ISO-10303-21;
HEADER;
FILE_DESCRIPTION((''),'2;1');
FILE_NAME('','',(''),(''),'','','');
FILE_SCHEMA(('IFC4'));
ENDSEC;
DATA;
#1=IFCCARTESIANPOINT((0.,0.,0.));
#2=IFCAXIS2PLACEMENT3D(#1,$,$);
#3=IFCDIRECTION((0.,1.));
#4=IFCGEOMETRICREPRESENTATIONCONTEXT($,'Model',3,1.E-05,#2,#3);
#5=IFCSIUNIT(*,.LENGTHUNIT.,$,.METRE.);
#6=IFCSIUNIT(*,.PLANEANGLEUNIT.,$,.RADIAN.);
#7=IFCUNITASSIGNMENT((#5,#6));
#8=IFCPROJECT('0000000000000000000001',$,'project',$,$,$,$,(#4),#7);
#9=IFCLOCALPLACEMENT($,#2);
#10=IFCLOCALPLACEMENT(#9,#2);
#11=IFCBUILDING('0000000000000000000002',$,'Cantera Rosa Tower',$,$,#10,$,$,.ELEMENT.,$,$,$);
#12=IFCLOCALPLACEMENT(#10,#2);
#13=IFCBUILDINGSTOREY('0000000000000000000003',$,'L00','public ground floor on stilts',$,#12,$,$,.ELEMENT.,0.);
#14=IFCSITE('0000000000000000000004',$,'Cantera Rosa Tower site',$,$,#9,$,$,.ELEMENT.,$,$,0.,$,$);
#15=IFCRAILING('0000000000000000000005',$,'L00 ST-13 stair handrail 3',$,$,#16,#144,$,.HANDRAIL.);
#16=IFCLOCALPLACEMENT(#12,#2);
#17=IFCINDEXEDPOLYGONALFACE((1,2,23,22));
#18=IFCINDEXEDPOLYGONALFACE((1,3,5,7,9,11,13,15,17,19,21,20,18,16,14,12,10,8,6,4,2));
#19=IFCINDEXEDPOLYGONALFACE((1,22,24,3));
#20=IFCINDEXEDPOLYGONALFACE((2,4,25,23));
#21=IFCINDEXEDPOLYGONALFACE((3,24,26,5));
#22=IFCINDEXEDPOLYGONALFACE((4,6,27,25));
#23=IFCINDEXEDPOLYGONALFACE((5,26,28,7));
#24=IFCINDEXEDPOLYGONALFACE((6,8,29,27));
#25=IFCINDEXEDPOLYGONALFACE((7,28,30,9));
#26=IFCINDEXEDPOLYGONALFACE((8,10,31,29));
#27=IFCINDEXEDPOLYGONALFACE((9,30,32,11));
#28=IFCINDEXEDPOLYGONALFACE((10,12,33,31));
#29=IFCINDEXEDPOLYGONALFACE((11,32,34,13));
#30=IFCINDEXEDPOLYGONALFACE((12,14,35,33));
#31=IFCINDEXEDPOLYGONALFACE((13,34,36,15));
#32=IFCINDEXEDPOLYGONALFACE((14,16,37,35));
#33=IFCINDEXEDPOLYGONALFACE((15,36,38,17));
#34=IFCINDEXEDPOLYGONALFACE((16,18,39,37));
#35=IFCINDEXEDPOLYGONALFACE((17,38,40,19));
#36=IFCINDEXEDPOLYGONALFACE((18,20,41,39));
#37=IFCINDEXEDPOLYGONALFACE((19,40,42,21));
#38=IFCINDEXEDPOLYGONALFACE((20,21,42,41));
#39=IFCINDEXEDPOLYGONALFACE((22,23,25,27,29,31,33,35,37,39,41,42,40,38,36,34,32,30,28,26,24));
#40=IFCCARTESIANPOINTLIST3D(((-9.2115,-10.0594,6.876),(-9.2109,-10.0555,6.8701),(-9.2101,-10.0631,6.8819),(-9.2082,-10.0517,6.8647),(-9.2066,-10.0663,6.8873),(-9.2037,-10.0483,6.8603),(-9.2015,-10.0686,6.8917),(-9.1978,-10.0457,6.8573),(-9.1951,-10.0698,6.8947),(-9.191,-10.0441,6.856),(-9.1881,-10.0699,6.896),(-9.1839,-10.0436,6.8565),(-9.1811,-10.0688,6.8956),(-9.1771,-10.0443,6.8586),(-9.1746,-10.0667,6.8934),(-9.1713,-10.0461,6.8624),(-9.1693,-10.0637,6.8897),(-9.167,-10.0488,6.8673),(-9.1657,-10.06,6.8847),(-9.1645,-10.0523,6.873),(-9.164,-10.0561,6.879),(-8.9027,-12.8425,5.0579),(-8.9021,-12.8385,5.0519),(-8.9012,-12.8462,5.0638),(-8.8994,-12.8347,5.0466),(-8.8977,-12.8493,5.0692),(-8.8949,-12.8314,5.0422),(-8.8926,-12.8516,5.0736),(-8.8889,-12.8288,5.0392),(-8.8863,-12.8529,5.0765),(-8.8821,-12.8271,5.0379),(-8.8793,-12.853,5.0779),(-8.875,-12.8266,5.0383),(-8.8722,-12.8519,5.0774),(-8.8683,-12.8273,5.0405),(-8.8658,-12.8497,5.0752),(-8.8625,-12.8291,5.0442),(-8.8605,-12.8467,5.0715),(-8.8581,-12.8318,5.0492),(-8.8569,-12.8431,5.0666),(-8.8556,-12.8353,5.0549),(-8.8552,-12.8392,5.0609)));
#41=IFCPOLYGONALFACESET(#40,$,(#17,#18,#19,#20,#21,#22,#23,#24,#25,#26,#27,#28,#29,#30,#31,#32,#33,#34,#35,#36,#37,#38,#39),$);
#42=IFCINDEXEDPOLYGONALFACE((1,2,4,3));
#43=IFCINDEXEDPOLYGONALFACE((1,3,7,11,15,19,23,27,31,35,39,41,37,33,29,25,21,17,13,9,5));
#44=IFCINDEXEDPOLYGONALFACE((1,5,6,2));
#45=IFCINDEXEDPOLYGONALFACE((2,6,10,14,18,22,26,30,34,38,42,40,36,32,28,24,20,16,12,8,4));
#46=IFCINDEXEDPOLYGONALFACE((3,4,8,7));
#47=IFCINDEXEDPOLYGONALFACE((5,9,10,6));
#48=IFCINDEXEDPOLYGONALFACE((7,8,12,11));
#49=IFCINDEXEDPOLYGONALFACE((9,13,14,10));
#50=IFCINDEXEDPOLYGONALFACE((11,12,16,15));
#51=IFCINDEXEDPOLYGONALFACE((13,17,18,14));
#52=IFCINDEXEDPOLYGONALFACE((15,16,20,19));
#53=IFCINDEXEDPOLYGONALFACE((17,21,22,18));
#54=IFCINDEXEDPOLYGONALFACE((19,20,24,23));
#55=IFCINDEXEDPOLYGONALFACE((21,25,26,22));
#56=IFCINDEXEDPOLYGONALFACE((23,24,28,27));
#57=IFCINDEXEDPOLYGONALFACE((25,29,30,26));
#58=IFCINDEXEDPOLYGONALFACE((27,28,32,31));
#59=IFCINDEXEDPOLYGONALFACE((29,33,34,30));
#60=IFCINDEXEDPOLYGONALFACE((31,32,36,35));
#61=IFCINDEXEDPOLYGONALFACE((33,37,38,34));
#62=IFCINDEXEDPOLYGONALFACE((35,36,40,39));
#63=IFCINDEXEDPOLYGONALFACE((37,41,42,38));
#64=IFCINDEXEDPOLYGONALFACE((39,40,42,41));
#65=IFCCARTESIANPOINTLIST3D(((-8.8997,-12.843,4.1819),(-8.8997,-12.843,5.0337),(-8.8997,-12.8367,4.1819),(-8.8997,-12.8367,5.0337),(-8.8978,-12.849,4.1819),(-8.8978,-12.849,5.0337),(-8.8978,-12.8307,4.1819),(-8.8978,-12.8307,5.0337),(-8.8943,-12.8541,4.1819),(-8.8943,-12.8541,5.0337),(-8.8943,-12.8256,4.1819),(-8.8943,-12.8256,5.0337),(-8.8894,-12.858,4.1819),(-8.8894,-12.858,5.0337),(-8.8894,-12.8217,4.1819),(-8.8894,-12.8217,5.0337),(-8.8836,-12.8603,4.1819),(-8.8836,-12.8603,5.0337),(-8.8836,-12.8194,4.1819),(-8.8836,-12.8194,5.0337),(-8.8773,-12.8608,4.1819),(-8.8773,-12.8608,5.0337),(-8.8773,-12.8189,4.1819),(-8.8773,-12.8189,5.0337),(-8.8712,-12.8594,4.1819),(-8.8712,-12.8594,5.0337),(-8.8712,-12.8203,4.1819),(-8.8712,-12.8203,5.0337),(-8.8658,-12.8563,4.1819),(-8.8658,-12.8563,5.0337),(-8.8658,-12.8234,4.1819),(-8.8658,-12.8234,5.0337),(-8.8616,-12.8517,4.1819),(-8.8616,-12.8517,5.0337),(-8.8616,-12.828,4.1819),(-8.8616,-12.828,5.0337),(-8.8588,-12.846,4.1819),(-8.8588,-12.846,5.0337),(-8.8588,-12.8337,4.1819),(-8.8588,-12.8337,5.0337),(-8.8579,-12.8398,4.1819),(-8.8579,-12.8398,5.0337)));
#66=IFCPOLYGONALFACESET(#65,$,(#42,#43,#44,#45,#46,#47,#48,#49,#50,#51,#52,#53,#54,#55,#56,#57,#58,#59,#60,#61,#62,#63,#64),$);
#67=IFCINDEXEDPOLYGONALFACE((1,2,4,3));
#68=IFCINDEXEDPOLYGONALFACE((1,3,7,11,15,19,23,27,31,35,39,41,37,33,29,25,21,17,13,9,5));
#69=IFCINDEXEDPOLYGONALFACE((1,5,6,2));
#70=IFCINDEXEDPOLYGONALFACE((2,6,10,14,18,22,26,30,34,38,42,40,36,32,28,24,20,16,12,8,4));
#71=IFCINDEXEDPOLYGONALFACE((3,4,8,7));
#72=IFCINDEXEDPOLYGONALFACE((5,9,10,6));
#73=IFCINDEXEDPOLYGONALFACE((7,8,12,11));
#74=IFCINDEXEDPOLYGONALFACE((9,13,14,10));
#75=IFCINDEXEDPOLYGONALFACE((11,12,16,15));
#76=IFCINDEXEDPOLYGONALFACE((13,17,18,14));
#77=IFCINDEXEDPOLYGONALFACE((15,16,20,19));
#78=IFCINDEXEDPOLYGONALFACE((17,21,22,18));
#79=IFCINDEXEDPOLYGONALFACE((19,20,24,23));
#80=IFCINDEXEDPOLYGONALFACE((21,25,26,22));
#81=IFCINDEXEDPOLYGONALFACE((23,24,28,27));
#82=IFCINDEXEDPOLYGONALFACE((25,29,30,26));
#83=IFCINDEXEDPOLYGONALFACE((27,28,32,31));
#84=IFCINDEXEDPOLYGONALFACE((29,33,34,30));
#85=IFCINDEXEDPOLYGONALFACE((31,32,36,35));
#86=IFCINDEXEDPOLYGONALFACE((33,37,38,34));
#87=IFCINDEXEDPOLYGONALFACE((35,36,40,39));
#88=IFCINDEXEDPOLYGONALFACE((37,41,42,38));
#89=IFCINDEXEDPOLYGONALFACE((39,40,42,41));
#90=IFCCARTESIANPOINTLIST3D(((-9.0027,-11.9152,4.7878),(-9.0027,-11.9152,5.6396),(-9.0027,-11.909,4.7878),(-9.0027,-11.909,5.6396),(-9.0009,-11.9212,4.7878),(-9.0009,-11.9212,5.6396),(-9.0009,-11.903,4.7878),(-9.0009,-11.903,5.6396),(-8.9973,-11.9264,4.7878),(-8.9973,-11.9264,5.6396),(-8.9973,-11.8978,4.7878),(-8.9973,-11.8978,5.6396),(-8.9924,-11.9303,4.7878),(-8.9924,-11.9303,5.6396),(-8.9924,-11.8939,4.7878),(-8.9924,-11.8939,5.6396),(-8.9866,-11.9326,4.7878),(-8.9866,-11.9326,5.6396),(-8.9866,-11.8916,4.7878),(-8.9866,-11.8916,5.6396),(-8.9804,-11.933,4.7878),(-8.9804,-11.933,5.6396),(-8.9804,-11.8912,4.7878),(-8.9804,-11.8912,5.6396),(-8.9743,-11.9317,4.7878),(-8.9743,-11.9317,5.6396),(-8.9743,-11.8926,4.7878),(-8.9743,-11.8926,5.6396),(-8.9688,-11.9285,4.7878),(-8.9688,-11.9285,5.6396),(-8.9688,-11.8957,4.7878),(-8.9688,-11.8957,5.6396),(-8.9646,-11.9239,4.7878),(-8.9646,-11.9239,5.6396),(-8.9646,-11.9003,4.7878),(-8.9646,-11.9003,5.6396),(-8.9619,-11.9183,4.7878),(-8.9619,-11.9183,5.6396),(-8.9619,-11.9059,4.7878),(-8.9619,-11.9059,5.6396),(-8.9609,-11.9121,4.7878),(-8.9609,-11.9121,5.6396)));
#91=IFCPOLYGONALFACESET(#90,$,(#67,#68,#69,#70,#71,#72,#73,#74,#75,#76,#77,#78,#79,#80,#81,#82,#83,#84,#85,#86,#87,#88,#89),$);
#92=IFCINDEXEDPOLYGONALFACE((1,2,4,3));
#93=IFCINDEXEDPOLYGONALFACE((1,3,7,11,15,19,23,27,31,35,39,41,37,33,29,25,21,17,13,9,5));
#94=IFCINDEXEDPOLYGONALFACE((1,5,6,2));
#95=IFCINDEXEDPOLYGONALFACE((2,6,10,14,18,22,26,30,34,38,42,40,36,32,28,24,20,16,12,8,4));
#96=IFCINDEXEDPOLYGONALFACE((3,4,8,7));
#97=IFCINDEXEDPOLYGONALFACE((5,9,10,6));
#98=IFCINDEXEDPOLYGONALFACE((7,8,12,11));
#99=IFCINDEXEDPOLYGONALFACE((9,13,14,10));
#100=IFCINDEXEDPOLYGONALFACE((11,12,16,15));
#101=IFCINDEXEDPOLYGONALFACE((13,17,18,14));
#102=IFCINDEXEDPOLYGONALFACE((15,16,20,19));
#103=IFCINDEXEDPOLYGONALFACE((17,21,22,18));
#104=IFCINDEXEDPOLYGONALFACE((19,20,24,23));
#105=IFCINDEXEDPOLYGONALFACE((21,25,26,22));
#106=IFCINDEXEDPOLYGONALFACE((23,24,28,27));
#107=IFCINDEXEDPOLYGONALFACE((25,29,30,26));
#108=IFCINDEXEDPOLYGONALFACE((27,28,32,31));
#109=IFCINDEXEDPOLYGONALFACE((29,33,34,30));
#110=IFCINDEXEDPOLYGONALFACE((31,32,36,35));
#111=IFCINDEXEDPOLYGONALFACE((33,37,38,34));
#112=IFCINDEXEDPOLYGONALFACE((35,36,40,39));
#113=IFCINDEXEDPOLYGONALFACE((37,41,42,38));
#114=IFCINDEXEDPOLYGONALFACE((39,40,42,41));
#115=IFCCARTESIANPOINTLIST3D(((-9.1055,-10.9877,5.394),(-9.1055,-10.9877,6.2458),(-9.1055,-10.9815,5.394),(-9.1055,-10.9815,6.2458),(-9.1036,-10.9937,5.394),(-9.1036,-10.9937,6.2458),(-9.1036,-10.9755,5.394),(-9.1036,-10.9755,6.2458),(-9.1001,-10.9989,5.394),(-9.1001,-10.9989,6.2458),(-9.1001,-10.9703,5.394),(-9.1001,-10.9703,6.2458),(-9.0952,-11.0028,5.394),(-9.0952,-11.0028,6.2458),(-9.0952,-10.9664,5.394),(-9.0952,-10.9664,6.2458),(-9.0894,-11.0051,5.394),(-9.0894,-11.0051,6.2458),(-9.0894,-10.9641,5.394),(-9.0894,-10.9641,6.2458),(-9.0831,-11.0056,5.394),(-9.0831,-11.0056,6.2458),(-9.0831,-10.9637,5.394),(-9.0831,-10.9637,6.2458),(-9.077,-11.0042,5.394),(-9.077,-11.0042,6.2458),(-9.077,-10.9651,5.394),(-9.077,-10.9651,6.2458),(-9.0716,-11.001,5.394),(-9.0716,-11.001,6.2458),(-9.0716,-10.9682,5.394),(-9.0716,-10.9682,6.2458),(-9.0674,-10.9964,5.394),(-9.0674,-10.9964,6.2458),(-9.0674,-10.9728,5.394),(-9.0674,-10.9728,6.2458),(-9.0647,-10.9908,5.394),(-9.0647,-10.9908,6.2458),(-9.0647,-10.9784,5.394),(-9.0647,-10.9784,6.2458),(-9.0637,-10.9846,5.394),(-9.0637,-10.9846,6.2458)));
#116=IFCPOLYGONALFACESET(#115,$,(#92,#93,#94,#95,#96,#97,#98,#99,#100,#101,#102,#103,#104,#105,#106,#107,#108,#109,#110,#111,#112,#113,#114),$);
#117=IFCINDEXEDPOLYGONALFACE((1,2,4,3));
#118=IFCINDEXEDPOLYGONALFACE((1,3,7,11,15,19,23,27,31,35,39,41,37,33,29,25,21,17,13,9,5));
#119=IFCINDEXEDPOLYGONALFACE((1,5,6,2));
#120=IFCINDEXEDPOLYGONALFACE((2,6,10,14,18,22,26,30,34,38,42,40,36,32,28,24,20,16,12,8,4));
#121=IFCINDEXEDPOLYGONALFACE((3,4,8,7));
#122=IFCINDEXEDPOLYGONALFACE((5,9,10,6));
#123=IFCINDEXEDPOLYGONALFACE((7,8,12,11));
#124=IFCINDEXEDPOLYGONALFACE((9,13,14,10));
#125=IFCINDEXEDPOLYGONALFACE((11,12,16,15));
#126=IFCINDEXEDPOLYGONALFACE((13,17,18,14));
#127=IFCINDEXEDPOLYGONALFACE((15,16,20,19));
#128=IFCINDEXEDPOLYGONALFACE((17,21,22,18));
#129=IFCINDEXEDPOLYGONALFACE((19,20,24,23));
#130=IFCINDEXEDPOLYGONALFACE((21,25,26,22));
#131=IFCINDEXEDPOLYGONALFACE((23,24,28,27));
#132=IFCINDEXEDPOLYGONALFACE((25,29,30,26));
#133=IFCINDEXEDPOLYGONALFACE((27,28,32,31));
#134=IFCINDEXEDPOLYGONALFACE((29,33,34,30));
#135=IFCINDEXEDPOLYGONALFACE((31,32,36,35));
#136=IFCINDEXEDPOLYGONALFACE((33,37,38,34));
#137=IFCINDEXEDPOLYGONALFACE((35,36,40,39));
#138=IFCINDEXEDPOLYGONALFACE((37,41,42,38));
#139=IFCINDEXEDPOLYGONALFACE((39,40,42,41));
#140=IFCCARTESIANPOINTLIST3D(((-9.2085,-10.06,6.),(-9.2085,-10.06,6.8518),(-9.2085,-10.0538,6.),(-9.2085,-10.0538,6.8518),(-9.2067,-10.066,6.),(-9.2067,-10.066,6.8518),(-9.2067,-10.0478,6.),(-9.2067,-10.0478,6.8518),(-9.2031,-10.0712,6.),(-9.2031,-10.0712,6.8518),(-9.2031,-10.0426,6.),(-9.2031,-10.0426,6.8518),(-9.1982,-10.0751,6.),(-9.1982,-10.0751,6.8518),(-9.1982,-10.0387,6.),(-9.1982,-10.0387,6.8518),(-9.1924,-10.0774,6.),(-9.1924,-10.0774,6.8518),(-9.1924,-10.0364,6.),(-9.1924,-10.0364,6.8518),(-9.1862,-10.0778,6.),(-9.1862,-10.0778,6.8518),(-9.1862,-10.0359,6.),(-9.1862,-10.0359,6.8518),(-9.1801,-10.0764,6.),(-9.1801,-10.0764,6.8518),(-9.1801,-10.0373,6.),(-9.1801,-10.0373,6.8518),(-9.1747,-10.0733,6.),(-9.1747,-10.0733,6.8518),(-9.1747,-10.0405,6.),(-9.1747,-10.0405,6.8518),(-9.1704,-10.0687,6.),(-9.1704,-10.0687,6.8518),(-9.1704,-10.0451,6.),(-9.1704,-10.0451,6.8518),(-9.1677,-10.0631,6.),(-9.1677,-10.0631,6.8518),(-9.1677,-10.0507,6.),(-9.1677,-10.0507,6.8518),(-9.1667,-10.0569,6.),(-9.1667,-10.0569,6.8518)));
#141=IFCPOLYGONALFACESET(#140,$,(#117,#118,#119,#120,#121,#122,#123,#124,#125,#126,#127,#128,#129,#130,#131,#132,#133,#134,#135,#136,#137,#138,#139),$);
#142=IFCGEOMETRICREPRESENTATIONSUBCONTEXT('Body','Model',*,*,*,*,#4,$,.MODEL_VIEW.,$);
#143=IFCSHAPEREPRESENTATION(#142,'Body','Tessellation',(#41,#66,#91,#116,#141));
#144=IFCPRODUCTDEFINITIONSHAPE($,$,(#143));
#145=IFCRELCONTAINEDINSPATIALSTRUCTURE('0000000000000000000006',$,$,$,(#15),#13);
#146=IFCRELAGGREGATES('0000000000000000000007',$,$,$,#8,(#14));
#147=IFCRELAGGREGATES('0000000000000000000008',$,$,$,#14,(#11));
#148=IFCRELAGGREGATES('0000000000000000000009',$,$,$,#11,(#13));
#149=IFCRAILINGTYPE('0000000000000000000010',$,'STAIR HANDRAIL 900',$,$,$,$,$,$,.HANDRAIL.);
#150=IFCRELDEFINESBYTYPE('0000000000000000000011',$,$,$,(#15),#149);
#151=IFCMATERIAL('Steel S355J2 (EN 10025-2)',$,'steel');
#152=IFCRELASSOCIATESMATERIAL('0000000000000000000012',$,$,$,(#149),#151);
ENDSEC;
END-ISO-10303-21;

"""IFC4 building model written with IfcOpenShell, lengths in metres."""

from ifc_helpers import new_model, si_unit, direction, frame, origin, origin_2d, place, context, subcontext, project, spatial, circle, extrude, material, type_object, element, save


model = new_model("IFC4")

# Units and contexts
model_context = context("Model", 3, precision=1e-05, world=origin(), true_north=direction((0.0, 1.0)))
body_context = subcontext(model_context, "Body", "Model", "MODEL_VIEW")
ifc_project = project(units=[si_unit("LENGTHUNIT", "METRE"), si_unit("PLANEANGLEUNIT", "RADIAN")], contexts=[model_context])

# Site, building, storey
site_placement = place(None, origin())
site = spatial("IfcSite", under=ifc_project, at=site_placement, Name="Cantera Rosa Tower site", CompositionType="ELEMENT", RefElevation=0.0)
building_placement = place(site_placement, origin())
building = spatial("IfcBuilding", under=site, at=building_placement, Name="Cantera Rosa Tower", CompositionType="ELEMENT")
storey_placement = place(building_placement, origin())
storey = spatial("IfcBuildingStorey", under=building, at=storey_placement, Name="L00", Description="public ground floor on stilts", CompositionType="ELEMENT", Elevation=0.0)

# Railing
ifc_material_1 = material(Name="Steel S355J2 (EN 10025-2)", Category="steel")
railing_type_1 = type_object("IfcRailingType", Name="STAIR HANDRAIL 900", PredefinedType="HANDRAIL", material=ifc_material_1)
for number, where, name in (
    (1, (-8.8789, -12.8398, 4.1819), "L00 ST-13 stair handrail 3"),
):
    element("IfcRailing", number, at=place(storey_placement, frame(where)), inside=storey, type_object=railing_type_1, Name=name, PredefinedType="HANDRAIL", context=body_context, shape_type="SweptSolid", body=[
        extrude(circle(Radius=0.0239, at=origin_2d()), frame((0.0, 0.0, 0.876), z_axis=(-0.092507, 0.833588, 0.544586), x_axis=(-0.993899, -0.110298, 0.0)), (0.0, 0.0, 1.0), 3.3386),
        extrude(circle(Radius=0.021, at=origin_2d()), origin(), (0.0, 0.0, 1.0), 0.8518),
        extrude(circle(Radius=0.021, at=origin_2d()), frame((-0.103, 0.9277, 0.606)), (0.0, 0.0, 1.0), 0.8518),
        extrude(circle(Radius=0.021, at=origin_2d()), frame((-0.2058, 1.8552, 1.2122)), (0.0, 0.0, 1.0), 0.8518),
        extrude(circle(Radius=0.021, at=origin_2d()), frame((-0.3088, 2.783, 1.8181)), (0.0, 0.0, 1.0), 0.8518),
    ])

save(model, "model.ifc")
